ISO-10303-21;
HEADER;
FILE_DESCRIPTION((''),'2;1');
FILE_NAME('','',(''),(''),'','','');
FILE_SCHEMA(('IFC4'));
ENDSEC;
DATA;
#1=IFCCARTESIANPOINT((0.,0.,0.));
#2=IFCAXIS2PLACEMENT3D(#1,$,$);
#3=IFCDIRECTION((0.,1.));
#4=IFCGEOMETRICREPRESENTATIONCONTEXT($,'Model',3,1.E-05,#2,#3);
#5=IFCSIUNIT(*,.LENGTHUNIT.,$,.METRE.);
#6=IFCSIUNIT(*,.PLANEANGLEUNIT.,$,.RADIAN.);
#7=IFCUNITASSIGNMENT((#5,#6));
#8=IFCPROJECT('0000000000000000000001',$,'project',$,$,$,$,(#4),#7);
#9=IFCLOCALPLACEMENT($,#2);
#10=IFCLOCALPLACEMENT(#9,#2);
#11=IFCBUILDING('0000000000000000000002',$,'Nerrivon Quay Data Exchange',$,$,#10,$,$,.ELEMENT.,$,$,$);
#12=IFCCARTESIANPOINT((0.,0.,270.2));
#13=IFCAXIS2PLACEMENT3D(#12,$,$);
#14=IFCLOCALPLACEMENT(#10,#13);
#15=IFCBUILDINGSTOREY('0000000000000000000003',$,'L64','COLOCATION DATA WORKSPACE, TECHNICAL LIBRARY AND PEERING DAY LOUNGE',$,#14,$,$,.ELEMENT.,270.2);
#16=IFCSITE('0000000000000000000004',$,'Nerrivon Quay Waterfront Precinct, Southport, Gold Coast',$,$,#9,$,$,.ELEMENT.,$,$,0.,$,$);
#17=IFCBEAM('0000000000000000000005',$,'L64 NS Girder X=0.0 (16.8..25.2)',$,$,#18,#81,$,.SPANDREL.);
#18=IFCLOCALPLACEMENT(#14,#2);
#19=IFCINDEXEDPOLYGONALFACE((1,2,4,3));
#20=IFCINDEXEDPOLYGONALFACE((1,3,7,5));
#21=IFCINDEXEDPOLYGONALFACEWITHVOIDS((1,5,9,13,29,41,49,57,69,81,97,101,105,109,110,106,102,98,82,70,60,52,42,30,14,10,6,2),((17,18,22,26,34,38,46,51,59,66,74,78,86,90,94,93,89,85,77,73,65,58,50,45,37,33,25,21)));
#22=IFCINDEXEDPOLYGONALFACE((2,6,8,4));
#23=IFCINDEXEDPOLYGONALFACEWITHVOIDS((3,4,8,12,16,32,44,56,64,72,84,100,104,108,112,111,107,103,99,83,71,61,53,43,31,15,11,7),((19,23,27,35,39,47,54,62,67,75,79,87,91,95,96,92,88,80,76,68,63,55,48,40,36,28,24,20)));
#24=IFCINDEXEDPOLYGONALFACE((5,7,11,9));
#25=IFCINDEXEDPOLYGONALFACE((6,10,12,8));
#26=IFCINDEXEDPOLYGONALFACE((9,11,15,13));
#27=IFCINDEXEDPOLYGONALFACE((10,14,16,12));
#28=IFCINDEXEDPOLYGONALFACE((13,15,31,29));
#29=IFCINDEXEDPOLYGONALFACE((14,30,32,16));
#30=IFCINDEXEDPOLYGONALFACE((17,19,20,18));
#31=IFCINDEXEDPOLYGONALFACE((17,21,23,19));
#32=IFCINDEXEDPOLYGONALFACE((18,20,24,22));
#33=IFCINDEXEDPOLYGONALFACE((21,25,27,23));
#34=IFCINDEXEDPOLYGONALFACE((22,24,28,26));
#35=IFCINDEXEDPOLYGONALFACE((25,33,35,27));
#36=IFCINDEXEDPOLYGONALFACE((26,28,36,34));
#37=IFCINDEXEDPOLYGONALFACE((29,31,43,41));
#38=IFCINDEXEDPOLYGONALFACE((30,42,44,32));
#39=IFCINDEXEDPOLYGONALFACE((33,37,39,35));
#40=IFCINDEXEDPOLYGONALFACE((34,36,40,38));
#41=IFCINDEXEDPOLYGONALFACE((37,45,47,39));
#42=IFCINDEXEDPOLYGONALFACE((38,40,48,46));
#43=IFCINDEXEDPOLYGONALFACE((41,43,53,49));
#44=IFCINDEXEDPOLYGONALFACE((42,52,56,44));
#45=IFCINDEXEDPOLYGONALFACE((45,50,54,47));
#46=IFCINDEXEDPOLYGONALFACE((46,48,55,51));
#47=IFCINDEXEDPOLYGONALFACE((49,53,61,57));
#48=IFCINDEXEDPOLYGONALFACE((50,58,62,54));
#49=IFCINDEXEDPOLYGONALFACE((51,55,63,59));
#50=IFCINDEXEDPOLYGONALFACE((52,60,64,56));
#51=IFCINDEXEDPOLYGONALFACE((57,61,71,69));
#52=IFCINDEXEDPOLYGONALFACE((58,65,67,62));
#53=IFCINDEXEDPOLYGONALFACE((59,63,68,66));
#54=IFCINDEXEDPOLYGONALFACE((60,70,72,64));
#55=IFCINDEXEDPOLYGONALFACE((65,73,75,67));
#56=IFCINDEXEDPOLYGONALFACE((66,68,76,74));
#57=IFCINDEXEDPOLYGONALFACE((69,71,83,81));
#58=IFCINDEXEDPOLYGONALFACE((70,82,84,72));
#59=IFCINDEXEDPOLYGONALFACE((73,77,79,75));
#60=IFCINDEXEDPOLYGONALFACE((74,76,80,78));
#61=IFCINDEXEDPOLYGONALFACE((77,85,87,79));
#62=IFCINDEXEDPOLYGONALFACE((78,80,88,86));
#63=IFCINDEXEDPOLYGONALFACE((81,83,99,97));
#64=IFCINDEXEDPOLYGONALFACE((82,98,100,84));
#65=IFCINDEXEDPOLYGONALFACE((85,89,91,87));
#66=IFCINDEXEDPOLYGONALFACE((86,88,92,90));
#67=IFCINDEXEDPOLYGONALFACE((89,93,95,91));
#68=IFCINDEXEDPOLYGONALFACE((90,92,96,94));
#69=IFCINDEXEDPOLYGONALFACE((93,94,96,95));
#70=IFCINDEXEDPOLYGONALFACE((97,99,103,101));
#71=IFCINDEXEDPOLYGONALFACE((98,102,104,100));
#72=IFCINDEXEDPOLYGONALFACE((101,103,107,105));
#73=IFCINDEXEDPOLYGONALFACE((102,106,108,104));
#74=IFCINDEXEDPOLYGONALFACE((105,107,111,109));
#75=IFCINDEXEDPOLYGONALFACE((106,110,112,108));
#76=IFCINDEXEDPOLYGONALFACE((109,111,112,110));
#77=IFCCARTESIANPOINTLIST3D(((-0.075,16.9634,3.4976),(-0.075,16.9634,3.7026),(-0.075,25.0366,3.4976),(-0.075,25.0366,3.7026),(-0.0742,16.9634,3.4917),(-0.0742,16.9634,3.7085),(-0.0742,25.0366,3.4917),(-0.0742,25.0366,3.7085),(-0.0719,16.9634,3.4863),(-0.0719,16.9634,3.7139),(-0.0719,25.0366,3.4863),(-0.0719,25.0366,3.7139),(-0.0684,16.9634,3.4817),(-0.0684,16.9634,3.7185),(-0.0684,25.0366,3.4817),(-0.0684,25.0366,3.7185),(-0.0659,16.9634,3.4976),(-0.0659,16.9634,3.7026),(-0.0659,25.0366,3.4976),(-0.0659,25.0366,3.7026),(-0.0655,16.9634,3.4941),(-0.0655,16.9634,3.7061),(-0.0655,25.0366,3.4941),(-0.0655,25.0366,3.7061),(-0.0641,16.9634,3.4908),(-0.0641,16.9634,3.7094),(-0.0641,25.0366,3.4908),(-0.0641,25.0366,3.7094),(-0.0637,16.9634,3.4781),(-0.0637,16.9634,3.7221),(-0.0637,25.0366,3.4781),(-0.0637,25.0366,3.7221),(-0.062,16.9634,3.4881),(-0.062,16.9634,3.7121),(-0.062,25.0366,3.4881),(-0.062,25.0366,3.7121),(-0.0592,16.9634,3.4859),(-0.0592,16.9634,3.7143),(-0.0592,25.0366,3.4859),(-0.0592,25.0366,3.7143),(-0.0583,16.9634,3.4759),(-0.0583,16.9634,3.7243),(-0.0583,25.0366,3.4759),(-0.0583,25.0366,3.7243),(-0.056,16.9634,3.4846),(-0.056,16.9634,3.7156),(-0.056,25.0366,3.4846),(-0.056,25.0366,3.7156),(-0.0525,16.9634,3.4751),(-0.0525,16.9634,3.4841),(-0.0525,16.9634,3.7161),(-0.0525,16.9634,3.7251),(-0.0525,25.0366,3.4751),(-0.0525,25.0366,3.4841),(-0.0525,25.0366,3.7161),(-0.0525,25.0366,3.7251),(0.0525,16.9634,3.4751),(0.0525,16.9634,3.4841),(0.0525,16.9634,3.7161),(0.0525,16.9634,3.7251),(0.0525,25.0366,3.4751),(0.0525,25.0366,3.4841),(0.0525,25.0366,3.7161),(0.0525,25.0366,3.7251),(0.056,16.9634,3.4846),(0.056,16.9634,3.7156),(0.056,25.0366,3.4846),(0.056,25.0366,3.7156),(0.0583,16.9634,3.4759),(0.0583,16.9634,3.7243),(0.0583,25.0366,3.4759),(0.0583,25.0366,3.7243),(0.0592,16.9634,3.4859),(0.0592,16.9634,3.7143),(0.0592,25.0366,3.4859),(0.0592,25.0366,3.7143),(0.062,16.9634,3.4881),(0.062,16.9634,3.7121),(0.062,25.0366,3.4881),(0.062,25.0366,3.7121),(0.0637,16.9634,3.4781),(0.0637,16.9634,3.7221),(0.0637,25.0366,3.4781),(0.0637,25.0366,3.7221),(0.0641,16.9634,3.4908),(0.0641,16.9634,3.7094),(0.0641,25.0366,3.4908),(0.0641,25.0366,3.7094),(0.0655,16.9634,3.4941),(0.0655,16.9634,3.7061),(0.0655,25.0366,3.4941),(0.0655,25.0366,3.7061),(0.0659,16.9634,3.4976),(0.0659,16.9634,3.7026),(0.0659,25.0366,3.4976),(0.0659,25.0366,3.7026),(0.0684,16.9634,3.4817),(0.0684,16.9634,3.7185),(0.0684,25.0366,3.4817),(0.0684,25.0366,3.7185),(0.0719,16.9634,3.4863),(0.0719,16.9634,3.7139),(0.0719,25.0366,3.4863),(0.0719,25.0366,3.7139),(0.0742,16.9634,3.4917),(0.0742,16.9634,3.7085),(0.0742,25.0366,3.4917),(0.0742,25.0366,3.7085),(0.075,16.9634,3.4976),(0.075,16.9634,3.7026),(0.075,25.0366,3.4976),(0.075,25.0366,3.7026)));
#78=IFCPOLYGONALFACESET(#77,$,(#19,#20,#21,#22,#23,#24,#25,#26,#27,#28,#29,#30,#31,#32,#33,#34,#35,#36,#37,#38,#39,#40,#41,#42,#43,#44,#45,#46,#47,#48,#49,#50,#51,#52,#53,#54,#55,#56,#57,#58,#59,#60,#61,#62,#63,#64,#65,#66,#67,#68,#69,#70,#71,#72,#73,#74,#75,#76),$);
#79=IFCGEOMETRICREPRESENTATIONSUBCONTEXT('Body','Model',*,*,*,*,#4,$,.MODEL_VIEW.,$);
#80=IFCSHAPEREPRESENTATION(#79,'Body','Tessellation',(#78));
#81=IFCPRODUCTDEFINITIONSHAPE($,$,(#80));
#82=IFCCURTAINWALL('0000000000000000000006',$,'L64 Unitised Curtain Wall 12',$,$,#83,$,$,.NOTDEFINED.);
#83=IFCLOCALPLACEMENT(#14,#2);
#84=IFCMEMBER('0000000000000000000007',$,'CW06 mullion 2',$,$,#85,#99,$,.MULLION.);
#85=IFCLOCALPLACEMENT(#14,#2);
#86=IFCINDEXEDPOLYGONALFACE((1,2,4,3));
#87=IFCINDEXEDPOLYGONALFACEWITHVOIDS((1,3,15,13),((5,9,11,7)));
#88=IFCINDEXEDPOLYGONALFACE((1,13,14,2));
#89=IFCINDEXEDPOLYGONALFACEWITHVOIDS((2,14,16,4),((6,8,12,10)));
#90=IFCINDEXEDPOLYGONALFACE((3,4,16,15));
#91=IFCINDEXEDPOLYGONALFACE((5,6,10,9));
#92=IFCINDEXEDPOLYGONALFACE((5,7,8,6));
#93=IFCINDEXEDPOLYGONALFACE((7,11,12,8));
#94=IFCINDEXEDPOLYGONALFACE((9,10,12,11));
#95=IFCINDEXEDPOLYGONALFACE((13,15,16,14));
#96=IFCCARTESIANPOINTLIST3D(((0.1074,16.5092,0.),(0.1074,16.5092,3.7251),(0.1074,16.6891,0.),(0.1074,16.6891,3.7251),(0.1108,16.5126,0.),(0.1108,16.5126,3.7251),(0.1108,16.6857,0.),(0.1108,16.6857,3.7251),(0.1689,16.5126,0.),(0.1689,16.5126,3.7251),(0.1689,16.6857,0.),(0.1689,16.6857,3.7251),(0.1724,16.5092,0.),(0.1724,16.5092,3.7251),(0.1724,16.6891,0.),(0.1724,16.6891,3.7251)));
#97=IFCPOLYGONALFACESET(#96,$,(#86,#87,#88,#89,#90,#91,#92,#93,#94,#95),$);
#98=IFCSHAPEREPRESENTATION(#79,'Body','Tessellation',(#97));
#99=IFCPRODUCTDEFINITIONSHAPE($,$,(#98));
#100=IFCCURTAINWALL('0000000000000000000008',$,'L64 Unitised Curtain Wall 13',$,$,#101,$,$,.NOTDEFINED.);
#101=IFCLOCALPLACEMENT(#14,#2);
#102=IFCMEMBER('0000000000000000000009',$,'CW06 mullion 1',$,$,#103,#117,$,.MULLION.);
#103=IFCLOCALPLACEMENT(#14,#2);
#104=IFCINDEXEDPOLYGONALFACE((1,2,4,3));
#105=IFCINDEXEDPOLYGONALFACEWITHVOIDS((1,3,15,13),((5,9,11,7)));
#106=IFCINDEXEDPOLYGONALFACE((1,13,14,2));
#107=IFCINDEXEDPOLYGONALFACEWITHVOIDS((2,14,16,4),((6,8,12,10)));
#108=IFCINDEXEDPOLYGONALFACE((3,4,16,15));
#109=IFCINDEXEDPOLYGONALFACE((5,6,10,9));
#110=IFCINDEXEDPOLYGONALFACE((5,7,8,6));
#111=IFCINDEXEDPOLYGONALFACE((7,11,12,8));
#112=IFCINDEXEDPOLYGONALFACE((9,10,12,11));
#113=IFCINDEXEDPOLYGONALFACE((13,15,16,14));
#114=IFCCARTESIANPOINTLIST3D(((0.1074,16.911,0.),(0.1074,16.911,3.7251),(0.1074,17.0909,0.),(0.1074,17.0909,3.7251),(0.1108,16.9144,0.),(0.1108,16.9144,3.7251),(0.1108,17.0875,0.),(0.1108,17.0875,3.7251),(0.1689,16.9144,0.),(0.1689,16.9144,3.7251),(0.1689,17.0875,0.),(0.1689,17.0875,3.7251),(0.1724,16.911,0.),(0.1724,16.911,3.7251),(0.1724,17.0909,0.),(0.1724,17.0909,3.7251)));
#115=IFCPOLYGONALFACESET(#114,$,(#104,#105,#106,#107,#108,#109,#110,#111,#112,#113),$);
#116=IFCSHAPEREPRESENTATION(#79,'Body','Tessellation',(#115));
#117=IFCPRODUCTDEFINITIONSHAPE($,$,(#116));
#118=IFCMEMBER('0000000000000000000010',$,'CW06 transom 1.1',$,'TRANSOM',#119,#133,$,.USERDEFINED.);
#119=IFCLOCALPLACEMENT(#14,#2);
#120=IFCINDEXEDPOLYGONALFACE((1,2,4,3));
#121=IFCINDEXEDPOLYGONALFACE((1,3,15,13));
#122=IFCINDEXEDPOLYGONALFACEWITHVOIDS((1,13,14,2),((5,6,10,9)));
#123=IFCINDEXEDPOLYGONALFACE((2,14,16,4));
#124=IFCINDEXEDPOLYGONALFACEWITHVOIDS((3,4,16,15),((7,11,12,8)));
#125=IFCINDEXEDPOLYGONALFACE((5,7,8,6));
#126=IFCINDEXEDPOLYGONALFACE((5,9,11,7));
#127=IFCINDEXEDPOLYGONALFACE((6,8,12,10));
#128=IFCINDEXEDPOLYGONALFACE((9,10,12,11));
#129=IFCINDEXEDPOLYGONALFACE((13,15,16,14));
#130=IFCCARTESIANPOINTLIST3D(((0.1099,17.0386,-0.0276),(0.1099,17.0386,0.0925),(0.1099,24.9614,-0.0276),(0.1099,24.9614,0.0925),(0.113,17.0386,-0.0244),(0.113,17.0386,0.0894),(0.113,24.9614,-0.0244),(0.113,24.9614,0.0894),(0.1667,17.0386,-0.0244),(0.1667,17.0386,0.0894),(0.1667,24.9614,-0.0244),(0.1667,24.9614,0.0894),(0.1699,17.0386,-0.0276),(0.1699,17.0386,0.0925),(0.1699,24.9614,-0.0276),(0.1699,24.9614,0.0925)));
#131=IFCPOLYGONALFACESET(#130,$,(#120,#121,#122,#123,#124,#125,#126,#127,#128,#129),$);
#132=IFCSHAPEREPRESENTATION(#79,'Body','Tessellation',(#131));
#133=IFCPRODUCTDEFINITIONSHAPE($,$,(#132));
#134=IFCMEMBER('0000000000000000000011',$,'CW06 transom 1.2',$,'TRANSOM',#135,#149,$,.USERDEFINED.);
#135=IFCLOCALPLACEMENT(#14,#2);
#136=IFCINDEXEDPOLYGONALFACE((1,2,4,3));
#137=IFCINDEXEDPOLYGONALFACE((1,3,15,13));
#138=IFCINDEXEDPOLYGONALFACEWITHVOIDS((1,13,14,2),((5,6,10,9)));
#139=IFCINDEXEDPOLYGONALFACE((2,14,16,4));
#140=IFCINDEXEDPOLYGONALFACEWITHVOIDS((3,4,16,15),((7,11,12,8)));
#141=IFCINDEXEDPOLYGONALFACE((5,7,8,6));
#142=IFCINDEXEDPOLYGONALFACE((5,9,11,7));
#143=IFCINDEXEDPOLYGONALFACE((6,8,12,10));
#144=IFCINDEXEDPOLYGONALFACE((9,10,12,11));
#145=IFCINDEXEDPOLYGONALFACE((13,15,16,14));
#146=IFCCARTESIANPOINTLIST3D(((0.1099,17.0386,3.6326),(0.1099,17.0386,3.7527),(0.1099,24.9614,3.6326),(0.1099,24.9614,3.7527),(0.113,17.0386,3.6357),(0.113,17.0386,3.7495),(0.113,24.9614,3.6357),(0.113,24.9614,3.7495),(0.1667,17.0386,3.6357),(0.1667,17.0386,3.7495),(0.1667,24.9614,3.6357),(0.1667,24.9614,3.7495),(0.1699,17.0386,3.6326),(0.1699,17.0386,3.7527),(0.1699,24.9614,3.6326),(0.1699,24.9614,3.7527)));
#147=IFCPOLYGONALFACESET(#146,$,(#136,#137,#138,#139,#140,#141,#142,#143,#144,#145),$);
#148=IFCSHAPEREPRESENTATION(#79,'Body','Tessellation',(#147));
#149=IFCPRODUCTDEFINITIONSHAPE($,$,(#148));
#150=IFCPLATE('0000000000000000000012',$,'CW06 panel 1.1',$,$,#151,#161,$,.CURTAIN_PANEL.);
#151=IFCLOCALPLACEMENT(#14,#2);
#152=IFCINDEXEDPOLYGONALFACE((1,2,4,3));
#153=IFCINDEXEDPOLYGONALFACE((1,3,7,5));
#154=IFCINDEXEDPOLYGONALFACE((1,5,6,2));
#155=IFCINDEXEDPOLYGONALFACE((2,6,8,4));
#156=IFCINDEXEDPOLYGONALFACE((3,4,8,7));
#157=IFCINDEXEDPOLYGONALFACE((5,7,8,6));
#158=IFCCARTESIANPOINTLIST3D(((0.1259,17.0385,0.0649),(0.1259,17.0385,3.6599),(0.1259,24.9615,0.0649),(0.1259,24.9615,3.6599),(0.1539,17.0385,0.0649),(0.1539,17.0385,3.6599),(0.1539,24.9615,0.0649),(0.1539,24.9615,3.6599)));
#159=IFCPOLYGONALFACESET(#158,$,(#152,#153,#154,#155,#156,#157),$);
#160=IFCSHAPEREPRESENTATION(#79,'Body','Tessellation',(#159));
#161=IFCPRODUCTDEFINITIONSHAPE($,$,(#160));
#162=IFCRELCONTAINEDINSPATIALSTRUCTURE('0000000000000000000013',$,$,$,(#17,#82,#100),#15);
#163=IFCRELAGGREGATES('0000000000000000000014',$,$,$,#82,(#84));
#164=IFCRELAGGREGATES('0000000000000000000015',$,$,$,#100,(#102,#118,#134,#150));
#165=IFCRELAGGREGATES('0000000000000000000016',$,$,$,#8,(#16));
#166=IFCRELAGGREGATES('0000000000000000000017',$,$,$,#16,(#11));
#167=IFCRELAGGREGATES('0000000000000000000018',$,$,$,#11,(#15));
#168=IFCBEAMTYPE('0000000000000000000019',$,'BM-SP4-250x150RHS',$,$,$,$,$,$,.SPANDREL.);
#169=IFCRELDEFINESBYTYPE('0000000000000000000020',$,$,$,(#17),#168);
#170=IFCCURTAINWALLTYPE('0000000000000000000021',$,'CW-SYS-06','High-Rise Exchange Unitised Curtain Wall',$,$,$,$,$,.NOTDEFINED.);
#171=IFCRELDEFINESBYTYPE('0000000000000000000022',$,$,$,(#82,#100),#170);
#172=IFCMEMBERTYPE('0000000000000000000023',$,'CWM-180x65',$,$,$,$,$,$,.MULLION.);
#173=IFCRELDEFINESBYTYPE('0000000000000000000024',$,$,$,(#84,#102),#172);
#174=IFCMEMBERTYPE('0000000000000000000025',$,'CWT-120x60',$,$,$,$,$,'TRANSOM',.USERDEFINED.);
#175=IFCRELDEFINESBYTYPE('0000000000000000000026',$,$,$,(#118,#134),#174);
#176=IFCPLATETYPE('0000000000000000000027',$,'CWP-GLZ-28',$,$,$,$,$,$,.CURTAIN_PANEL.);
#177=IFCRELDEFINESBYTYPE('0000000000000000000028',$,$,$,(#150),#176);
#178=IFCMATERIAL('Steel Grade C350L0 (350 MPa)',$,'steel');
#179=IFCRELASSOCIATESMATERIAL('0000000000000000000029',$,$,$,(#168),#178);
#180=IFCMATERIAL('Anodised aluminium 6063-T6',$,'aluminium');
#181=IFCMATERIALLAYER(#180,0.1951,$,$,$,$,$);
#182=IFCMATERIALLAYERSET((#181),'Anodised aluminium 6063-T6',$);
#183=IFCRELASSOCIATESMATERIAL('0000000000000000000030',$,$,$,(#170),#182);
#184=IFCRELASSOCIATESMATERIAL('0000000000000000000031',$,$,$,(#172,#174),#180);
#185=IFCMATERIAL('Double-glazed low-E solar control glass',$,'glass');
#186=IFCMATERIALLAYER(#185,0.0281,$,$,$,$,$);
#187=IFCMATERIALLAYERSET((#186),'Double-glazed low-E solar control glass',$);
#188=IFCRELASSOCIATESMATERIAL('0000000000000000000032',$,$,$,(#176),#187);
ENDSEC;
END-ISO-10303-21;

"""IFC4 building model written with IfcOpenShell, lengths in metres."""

from ifc_helpers import new_model, si_unit, direction, frame, origin, origin_2d, place, context, subcontext, project, spatial, rectangle, hollow_rectangle, extrude, material, layer, layer_set, material_profile, profile_set, type_object, element, aggregate, save


model = new_model("IFC4")

# Units and contexts
model_context = context("Model", 3, precision=1e-05, world=origin(), true_north=direction((0.0, 1.0)))
body_context = subcontext(model_context, "Body", "Model", "MODEL_VIEW")
ifc_project = project(units=[si_unit("LENGTHUNIT", "METRE"), si_unit("PLANEANGLEUNIT", "RADIAN")], contexts=[model_context])

# Site, building, storey
site_placement = place(None, origin())
site = spatial("IfcSite", under=ifc_project, at=site_placement, Name="Nerrivon Quay Waterfront Precinct, Southport, Gold Coast", CompositionType="ELEMENT", RefElevation=0.0)
building_placement = place(site_placement, origin())
building = spatial("IfcBuilding", under=site, at=building_placement, Name="Nerrivon Quay Data Exchange", CompositionType="ELEMENT")
storey_placement = place(building_placement, frame((0.0, 0.0, 270.2)))
storey = spatial("IfcBuildingStorey", under=building, at=storey_placement, Name="L64", Description="COLOCATION DATA WORKSPACE, TECHNICAL LIBRARY AND PEERING DAY LOUNGE", CompositionType="ELEMENT", Elevation=270.2)

# Beam
ifc_material_1 = material(Name="Steel Grade C350L0 (350 MPa)", Category="steel")
ifc_material_profile_1 = material_profile(ifc_material_1, hollow_rectangle(XDim=0.1499, YDim=0.25, WallThickness=0.009, InnerFilletRadius=0.0134, OuterFilletRadius=0.0225, at=origin_2d()), Name="250x150x9.0RHS")
ifc_profile_set_1 = profile_set([ifc_material_profile_1], Name="Steel Grade C350L0 (350 MPa)")
beam_type_1 = type_object("IfcBeamType", Name="BM-SP4-250x150RHS", PredefinedType="SPANDREL", material=ifc_profile_set_1)
beam_1_placement = place(storey_placement, frame((0.0, 16.9634, 3.6001), z_axis=(0.0, 1.0, 0.0), x_axis=(-1.0, 0.0, 0.0)))
element("IfcBeam", 1, at=beam_1_placement, inside=storey, type_object=beam_type_1, Name="L64 NS Girder X=0.0 (16.8..25.2)", PredefinedType="SPANDREL", context=body_context, shape_type="SweptSolid", body=[
    extrude(hollow_rectangle(XDim=0.1499, YDim=0.25, WallThickness=0.009, InnerFilletRadius=0.0134, OuterFilletRadius=0.0225, at=origin_2d()), origin(), (0.0, 0.0, 1.0), 8.0732),
])

# Curtain wall, member
ifc_material_2 = material(Name="Anodised aluminium 6063-T6", Category="aluminium")
ifc_layer_1 = layer(ifc_material_2, 0.1951)
ifc_layer_set_1 = layer_set([ifc_layer_1], Name="Anodised aluminium 6063-T6")
curtain_wall_type = type_object("IfcCurtainWallType", Name="CW-SYS-06", Description="High-Rise Exchange Unitised Curtain Wall", PredefinedType="NOTDEFINED", material=ifc_layer_set_1)
curtain_wall_1_placement = place(storey_placement, origin())
curtain_wall_1 = element("IfcCurtainWall", 2, at=curtain_wall_1_placement, inside=storey, type_object=curtain_wall_type, Name="L64 Unitised Curtain Wall 12", PredefinedType="NOTDEFINED")
ifc_material_profile_2 = material_profile(ifc_material_2, hollow_rectangle(XDim=0.0649, YDim=0.1799, WallThickness=0.0034, at=origin_2d()), Name="ALU-MULL-180x65")
ifc_profile_set_2 = profile_set([ifc_material_profile_2], Name="Anodised aluminium 6063-T6")
member_type_1 = type_object("IfcMemberType", Name="CWM-180x65", PredefinedType="MULLION", material=ifc_profile_set_2)
member_1_placement = place(storey_placement, frame((0.1399, 16.5991, 0.0), z_axis=(0.0, 0.0, 1.0), x_axis=(-1.0, 0.0, 0.0)))
member_1 = element("IfcMember", 3, at=member_1_placement, type_object=member_type_1, Name="CW06 mullion 2", PredefinedType="MULLION", context=body_context, shape_type="SweptSolid", body=[
    extrude(hollow_rectangle(XDim=0.0649, YDim=0.1799, WallThickness=0.0034, at=origin_2d()), origin(), (0.0, 0.0, 1.0), 3.7251),
])
aggregate(curtain_wall_1, [member_1])

# Curtain wall, members, plate
curtain_wall_2_placement = place(storey_placement, origin())
curtain_wall_2 = element("IfcCurtainWall", 4, at=curtain_wall_2_placement, inside=storey, type_object=curtain_wall_type, Name="L64 Unitised Curtain Wall 13", PredefinedType="NOTDEFINED")
member_2_placement = place(storey_placement, frame((0.1399, 17.001, 0.0), z_axis=(0.0, 0.0, 1.0), x_axis=(-1.0, 0.0, 0.0)))
member_2 = element("IfcMember", 5, at=member_2_placement, type_object=member_type_1, Name="CW06 mullion 1", PredefinedType="MULLION", context=body_context, shape_type="SweptSolid", body=[
    extrude(hollow_rectangle(XDim=0.0649, YDim=0.1799, WallThickness=0.0034, at=origin_2d()), origin(), (0.0, 0.0, 1.0), 3.7251),
])
ifc_material_profile_3 = material_profile(ifc_material_2, hollow_rectangle(XDim=0.0601, YDim=0.1201, WallThickness=0.0032, at=origin_2d()), Name="ALU-TRAN-120x60")
ifc_profile_set_3 = profile_set([ifc_material_profile_3], Name="Anodised aluminium 6063-T6")
member_type_2 = type_object("IfcMemberType", Name="CWT-120x60", ElementType="TRANSOM", PredefinedType="USERDEFINED", material=ifc_profile_set_3)
member_3_placement = place(storey_placement, frame((0.1399, 17.0386, 0.0325), z_axis=(0.0, 1.0, 0.0), x_axis=(-1.0, 0.0, 0.0)))
member_3 = element("IfcMember", 6, at=member_3_placement, type_object=member_type_2, Name="CW06 transom 1.1", ObjectType="TRANSOM", PredefinedType="USERDEFINED", context=body_context, shape_type="SweptSolid", body=[
    extrude(hollow_rectangle(XDim=0.0601, YDim=0.1201, WallThickness=0.0032, at=origin_2d()), origin(), (0.0, 0.0, 1.0), 7.9229),
])
member_4_placement = place(storey_placement, frame((0.1399, 17.0386, 3.6926), z_axis=(0.0, 1.0, 0.0), x_axis=(-1.0, 0.0, 0.0)))
member_4 = element("IfcMember", 7, at=member_4_placement, type_object=member_type_2, Name="CW06 transom 1.2", ObjectType="TRANSOM", PredefinedType="USERDEFINED", context=body_context, shape_type="SweptSolid", body=[
    extrude(hollow_rectangle(XDim=0.0601, YDim=0.1201, WallThickness=0.0032, at=origin_2d()), origin(), (0.0, 0.0, 1.0), 7.9229),
])
ifc_material_3 = material(Name="Double-glazed low-E solar control glass", Category="glass")
ifc_layer_2 = layer(ifc_material_3, 0.0281)
ifc_layer_set_2 = layer_set([ifc_layer_2], Name="Double-glazed low-E solar control glass")
plate_type = type_object("IfcPlateType", Name="CWP-GLZ-28", PredefinedType="CURTAIN_PANEL", material=ifc_layer_set_2)
plate_placement = place(storey_placement, frame((0.1399, 21.0, 0.0649), z_axis=(0.0, 0.0, 1.0), x_axis=(0.0, 1.0, 0.0)))
plate = element("IfcPlate", 8, at=plate_placement, type_object=plate_type, Name="CW06 panel 1.1", PredefinedType="CURTAIN_PANEL", context=body_context, shape_type="SweptSolid", body=[
    extrude(rectangle(XDim=7.9231, YDim=0.0281, at=origin_2d()), origin(), (0.0, 0.0, 1.0), 3.595),
])
aggregate(curtain_wall_2, [member_2, member_3, member_4, plate])

save(model, "model.ifc")
